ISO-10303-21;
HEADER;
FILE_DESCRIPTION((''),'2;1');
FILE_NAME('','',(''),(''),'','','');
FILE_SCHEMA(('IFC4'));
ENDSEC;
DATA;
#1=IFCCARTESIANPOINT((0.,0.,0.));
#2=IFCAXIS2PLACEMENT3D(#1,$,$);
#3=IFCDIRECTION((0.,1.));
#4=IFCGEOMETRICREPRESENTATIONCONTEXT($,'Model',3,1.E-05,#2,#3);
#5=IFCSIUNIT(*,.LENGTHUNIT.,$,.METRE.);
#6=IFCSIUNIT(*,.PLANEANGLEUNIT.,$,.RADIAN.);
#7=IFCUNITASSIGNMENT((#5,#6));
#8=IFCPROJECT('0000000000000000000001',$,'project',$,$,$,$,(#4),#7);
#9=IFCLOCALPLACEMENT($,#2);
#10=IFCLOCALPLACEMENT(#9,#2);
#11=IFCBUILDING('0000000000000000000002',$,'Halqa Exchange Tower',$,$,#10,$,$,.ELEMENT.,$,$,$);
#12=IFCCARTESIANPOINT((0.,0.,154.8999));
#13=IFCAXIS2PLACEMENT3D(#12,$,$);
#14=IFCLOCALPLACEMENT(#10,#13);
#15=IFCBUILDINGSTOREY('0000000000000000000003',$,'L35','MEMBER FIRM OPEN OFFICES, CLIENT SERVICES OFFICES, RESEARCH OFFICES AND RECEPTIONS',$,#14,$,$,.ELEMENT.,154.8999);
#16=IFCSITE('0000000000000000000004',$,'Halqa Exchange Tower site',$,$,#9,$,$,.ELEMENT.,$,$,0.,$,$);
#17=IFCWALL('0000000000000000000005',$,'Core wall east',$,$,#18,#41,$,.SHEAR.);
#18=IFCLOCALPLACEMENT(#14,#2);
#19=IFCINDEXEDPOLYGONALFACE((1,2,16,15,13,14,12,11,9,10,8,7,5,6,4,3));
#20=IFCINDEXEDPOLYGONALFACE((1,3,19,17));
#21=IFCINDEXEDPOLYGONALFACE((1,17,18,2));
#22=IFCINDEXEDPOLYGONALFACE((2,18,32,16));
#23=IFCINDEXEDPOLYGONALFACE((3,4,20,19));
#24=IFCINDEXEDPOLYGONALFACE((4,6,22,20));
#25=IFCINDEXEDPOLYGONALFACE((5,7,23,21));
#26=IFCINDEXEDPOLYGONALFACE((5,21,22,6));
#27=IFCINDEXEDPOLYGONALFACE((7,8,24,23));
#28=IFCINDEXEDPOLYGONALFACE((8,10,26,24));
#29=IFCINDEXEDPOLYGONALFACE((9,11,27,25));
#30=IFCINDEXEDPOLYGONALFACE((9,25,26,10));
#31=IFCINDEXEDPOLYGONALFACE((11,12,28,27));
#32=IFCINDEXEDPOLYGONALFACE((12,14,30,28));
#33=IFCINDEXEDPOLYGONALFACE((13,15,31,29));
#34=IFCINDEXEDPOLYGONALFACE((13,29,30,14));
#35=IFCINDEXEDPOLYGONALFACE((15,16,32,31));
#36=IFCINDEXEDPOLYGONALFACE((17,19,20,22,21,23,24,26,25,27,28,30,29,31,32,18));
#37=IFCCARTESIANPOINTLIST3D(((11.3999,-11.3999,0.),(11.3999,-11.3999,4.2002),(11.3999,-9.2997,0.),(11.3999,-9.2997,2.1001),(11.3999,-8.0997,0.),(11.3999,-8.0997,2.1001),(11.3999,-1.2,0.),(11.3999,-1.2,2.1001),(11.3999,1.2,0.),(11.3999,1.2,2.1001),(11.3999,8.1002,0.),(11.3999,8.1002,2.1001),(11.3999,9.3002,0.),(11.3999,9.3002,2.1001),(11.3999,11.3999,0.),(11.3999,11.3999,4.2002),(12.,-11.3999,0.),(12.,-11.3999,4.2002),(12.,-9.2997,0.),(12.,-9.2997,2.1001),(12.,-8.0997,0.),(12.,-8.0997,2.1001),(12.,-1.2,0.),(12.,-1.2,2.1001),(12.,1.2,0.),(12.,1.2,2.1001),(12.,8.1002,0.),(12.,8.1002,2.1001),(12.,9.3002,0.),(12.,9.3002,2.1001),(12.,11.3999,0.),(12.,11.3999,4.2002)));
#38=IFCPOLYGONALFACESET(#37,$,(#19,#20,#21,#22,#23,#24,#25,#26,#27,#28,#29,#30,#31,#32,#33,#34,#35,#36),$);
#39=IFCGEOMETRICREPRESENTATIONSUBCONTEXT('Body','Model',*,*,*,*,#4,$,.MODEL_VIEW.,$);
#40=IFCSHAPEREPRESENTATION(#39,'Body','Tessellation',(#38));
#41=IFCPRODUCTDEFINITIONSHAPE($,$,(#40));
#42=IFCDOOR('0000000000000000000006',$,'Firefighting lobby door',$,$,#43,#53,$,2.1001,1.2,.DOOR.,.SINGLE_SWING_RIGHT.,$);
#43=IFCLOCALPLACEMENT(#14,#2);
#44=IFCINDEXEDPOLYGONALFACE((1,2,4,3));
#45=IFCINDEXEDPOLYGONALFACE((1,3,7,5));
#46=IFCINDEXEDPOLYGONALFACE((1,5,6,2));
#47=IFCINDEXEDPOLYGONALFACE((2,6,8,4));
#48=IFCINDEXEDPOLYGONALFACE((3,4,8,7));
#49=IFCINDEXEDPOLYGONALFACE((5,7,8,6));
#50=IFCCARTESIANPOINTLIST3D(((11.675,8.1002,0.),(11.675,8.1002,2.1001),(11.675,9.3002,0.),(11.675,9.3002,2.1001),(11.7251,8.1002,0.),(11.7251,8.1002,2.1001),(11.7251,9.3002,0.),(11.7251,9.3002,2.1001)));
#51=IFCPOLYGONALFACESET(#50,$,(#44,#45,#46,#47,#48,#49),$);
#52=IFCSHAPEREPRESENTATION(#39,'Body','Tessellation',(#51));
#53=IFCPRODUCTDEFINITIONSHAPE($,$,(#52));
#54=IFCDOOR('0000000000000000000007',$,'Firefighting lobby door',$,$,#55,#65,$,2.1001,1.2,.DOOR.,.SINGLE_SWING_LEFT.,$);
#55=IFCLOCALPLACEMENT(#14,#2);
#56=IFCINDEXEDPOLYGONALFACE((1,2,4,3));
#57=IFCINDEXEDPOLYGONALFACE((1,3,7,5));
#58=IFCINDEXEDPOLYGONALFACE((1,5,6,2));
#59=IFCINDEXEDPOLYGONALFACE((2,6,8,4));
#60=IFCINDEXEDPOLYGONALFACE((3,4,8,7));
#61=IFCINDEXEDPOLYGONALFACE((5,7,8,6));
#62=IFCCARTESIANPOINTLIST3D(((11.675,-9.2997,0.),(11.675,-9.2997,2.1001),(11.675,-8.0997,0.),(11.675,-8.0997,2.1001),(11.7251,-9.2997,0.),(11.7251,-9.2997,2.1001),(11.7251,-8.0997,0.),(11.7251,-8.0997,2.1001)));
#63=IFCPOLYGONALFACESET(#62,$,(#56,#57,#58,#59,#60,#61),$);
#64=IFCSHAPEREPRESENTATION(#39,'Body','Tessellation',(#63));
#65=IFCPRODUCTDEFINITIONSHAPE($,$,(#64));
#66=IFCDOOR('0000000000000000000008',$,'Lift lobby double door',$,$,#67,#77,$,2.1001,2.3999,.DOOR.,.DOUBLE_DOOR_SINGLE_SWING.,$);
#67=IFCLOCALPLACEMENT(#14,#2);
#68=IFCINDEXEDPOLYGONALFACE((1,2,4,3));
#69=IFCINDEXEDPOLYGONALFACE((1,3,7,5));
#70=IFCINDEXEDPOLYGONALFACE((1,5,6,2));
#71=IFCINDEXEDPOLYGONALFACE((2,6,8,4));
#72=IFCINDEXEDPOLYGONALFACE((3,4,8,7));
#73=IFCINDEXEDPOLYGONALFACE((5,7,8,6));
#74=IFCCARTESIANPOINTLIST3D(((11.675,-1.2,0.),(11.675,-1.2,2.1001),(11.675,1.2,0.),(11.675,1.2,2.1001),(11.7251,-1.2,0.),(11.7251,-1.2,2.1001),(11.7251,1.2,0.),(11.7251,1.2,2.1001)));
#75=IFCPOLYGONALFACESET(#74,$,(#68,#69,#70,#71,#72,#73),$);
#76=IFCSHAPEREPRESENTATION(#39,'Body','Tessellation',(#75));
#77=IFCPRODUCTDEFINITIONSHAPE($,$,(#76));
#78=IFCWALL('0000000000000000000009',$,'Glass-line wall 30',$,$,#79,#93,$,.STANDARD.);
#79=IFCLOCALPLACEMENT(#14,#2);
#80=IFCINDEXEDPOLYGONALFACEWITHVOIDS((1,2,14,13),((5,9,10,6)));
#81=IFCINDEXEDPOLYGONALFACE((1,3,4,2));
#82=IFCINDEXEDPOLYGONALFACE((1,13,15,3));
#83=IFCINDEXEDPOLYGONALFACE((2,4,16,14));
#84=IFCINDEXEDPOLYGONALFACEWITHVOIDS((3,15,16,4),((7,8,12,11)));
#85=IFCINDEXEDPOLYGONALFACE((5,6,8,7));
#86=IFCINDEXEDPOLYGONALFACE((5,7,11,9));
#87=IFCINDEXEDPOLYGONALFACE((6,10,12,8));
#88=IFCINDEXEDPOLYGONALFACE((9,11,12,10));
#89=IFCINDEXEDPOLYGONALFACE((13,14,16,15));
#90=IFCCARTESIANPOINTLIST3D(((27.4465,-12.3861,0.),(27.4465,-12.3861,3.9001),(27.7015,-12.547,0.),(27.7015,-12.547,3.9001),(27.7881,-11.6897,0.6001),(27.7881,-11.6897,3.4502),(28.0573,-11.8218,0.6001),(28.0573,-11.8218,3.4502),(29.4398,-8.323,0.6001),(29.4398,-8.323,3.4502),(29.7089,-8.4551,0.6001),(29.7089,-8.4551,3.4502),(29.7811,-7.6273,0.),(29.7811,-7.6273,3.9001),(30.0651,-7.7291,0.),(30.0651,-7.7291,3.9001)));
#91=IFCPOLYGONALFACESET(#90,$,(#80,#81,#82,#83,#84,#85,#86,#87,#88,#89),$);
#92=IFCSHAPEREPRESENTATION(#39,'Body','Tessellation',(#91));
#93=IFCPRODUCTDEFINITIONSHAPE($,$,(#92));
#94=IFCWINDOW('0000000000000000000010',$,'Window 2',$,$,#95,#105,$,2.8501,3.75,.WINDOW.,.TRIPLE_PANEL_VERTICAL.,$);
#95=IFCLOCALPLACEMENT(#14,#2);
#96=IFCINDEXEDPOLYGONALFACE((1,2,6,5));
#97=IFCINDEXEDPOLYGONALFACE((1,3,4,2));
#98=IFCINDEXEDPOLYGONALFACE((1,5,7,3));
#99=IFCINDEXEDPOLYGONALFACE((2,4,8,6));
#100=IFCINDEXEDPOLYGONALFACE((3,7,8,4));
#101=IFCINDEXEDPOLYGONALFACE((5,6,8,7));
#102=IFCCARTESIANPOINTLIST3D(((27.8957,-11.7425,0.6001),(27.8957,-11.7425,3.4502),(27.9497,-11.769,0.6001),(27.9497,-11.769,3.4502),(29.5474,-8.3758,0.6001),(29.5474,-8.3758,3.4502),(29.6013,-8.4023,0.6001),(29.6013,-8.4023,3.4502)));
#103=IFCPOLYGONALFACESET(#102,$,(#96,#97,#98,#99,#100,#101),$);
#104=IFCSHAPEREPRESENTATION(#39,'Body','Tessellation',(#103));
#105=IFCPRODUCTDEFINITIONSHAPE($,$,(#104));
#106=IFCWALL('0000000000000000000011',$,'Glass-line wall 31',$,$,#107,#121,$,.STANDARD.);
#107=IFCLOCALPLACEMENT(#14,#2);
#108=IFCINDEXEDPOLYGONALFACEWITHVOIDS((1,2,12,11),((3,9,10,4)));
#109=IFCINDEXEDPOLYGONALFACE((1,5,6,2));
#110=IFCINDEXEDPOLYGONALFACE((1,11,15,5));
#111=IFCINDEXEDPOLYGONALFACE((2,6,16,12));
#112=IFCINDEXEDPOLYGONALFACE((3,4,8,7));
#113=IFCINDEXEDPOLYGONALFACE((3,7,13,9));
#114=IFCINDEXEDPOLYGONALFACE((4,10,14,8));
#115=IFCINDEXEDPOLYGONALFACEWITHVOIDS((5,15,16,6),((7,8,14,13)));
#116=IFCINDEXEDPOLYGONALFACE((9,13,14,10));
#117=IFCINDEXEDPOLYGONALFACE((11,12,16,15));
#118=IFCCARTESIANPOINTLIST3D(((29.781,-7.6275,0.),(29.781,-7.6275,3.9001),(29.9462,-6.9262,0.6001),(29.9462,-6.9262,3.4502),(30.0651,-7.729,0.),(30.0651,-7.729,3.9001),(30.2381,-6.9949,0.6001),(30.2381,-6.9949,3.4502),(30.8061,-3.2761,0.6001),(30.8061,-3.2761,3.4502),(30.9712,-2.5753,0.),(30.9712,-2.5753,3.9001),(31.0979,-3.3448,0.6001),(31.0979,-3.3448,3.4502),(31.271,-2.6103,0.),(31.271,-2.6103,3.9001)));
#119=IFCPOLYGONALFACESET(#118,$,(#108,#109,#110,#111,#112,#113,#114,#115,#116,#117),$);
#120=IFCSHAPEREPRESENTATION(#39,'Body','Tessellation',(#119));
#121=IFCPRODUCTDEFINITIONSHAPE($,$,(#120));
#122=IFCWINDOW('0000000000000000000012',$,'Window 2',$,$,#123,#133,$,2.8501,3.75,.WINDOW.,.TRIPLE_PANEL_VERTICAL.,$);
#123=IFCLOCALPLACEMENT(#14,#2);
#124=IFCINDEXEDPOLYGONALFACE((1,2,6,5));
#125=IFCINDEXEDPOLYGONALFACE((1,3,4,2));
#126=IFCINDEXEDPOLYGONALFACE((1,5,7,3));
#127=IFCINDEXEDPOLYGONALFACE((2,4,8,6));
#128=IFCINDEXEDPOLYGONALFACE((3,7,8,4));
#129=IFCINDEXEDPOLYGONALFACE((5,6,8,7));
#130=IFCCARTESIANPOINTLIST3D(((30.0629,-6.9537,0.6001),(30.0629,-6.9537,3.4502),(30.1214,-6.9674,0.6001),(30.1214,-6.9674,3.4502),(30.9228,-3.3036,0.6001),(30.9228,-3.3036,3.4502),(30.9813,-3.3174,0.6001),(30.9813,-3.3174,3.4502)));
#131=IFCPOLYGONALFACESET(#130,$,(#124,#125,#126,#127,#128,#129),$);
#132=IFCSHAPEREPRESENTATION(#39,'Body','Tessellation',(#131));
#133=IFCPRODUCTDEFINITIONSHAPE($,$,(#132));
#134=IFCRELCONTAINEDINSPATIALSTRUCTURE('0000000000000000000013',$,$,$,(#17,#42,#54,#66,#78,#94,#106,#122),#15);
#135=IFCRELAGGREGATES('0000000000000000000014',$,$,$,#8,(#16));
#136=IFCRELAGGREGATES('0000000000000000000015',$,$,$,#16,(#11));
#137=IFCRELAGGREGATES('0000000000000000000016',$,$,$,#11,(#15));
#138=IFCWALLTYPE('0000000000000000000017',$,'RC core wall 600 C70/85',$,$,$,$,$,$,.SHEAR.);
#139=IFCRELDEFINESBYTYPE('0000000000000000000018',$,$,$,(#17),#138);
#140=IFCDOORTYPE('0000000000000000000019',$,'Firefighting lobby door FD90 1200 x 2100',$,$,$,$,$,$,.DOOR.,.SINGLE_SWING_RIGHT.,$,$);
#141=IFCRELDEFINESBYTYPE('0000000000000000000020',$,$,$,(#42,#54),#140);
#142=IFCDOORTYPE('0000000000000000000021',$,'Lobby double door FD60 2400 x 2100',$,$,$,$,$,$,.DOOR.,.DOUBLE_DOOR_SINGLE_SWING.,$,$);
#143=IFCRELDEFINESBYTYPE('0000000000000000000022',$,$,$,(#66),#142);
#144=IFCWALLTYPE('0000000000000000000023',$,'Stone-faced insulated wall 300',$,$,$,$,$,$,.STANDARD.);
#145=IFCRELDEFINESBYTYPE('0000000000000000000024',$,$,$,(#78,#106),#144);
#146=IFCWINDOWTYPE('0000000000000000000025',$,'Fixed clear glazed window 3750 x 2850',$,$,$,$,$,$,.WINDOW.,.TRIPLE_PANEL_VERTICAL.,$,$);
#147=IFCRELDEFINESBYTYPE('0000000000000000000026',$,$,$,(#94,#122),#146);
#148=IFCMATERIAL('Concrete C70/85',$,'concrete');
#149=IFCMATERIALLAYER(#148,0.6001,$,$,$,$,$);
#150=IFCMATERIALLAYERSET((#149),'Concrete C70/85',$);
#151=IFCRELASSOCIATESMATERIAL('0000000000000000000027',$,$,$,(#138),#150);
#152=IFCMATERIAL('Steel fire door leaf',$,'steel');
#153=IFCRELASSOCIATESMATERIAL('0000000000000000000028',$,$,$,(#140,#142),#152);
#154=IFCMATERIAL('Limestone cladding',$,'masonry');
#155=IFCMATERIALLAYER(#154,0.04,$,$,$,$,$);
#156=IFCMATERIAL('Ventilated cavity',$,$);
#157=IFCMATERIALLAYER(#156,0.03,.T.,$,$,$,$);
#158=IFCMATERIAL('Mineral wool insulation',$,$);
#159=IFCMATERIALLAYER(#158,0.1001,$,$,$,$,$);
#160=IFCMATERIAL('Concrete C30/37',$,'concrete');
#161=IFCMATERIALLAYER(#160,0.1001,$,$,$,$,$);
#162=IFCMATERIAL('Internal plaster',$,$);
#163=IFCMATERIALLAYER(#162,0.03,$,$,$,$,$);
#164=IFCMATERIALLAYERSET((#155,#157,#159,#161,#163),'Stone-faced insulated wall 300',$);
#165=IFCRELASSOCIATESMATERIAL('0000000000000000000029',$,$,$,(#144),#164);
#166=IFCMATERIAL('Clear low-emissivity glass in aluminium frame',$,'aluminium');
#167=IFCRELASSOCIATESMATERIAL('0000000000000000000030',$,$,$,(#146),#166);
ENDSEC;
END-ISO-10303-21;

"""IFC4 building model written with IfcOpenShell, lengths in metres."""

from ifc_helpers import new_model, si_unit, direction, frame, frame_2d, origin, place, context, subcontext, project, spatial, polyline, rectangle, outline, extrude, material, layer, layer_set, type_object, element, fill, save


model = new_model("IFC4")

# Units and contexts
model_context = context("Model", 3, precision=1e-05, world=origin(), true_north=direction((0.0, 1.0)))
body_context = subcontext(model_context, "Body", "Model", "MODEL_VIEW")
ifc_project = project(units=[si_unit("LENGTHUNIT", "METRE"), si_unit("PLANEANGLEUNIT", "RADIAN")], contexts=[model_context])

# Site, building, storey
site_placement = place(None, origin())
site = spatial("IfcSite", under=ifc_project, at=site_placement, Name="Halqa Exchange Tower site", CompositionType="ELEMENT", RefElevation=0.0)
building_placement = place(site_placement, origin())
building = spatial("IfcBuilding", under=site, at=building_placement, Name="Halqa Exchange Tower", CompositionType="ELEMENT")
storey_placement = place(building_placement, frame((0.0, 0.0, 154.8999)))
storey = spatial("IfcBuildingStorey", under=building, at=storey_placement, Name="L35", Description="MEMBER FIRM OPEN OFFICES, CLIENT SERVICES OFFICES, RESEARCH OFFICES AND RECEPTIONS", CompositionType="ELEMENT", Elevation=154.8999)

# Shared definitions
ifc_material_1 = material(Name="Concrete C70/85", Category="concrete")

# Wall, openings, doors
ifc_layer_1 = layer(ifc_material_1, 0.6001)
ifc_layer_set_1 = layer_set([ifc_layer_1], Name="Concrete C70/85")
wall_type_1 = type_object("IfcWallType", Name="RC core wall 600 C70/85", PredefinedType="SHEAR", material=ifc_layer_set_1)
wall_1_placement = place(storey_placement, frame((11.7, -11.3999, 0.0), z_axis=(0.0, 0.0, 1.0), x_axis=(0.0, 1.0, 0.0)))
wall_1 = element("IfcWall", 1, at=wall_1_placement, inside=storey, type_object=wall_type_1, Name="Core wall east", PredefinedType="SHEAR", context=body_context, shape_type="SweptSolid", body=[
    extrude(rectangle(XDim=22.7998, YDim=0.6001, at=frame_2d((11.3999, 0.0))), origin(), (0.0, 0.0, 1.0), 4.2002),
])
opening_1_placement = place(wall_1_placement, frame((10.2, 0.0, 0.0)))
opening_1 = element("IfcOpeningElement", 2, at=opening_1_placement, cuts=wall_1, PredefinedType="OPENING", context=body_context, shape_type="SweptSolid", body=[
    extrude(rectangle(XDim=2.3999, YDim=2.1001, at=frame_2d((1.2, 1.05))), frame((0.0, 0.312, 0.0), z_axis=(0.0, -1.0, 0.0), x_axis=(1.0, 0.0, 0.0)), (0.0, 0.0, 1.0), 0.624),
])
opening_2_placement = place(wall_1_placement, frame((19.5, 0.0, 0.0)))
opening_2 = element("IfcOpeningElement", 3, at=opening_2_placement, cuts=wall_1, PredefinedType="OPENING", context=body_context, shape_type="SweptSolid", body=[
    extrude(rectangle(XDim=1.2, YDim=2.1001, at=frame_2d((0.6001, 1.05))), frame((0.0, 0.312, 0.0), z_axis=(0.0, -1.0, 0.0), x_axis=(1.0, 0.0, 0.0)), (0.0, 0.0, 1.0), 0.624),
])
opening_3_placement = place(wall_1_placement, frame((2.1001, 0.0, 0.0)))
opening_3 = element("IfcOpeningElement", 4, at=opening_3_placement, cuts=wall_1, PredefinedType="OPENING", context=body_context, shape_type="SweptSolid", body=[
    extrude(rectangle(XDim=1.2, YDim=2.1001, at=frame_2d((0.6001, 1.05))), frame((0.0, 0.312, 0.0), z_axis=(0.0, -1.0, 0.0), x_axis=(1.0, 0.0, 0.0)), (0.0, 0.0, 1.0), 0.624),
])
ifc_material_2 = material(Name="Steel fire door leaf", Category="steel")
door_type_1 = type_object("IfcDoorType", Name="Firefighting lobby door FD90 1200 x 2100", OperationType="SINGLE_SWING_RIGHT", PredefinedType="DOOR", material=ifc_material_2)
door_1_placement = place(opening_2_placement, origin())
door_1 = element("IfcDoor", 5, at=door_1_placement, inside=storey, type_object=door_type_1, Name="Firefighting lobby door", OperationType="SINGLE_SWING_RIGHT", OverallHeight=2.1001, OverallWidth=1.2, PredefinedType="DOOR", context=body_context, shape_type="SweptSolid", body=[
    extrude(rectangle(XDim=1.2, YDim=2.1001, at=frame_2d((0.6001, 1.05))), frame((0.0, 0.0249, 0.0), z_axis=(0.0, -1.0, 0.0), x_axis=(1.0, 0.0, 0.0)), (0.0, 0.0, 1.0), 0.05),
])
fill(opening_2, door_1)
door_2_placement = place(opening_3_placement, origin())
door_2 = element("IfcDoor", 6, at=door_2_placement, inside=storey, type_object=door_type_1, Name="Firefighting lobby door", OperationType="SINGLE_SWING_LEFT", OverallHeight=2.1001, OverallWidth=1.2, PredefinedType="DOOR", context=body_context, shape_type="SweptSolid", body=[
    extrude(rectangle(XDim=1.2, YDim=2.1001, at=frame_2d((0.6001, 1.05))), frame((0.0, 0.0249, 0.0), z_axis=(0.0, -1.0, 0.0), x_axis=(1.0, 0.0, 0.0)), (0.0, 0.0, 1.0), 0.05),
])
fill(opening_3, door_2)
door_type_2 = type_object("IfcDoorType", Name="Lobby double door FD60 2400 x 2100", OperationType="DOUBLE_DOOR_SINGLE_SWING", PredefinedType="DOOR", material=ifc_material_2)
door_3_placement = place(opening_1_placement, origin())
door_3 = element("IfcDoor", 7, at=door_3_placement, inside=storey, type_object=door_type_2, Name="Lift lobby double door", OperationType="DOUBLE_DOOR_SINGLE_SWING", OverallHeight=2.1001, OverallWidth=2.3999, PredefinedType="DOOR", context=body_context, shape_type="SweptSolid", body=[
    extrude(rectangle(XDim=2.3999, YDim=2.1001, at=frame_2d((1.2, 1.05))), frame((0.0, 0.0249, 0.0), z_axis=(0.0, -1.0, 0.0), x_axis=(1.0, 0.0, 0.0)), (0.0, 0.0, 1.0), 0.05),
])
fill(opening_1, door_3)

# Walls, openings, windows
ifc_material_3 = material(Name="Limestone cladding", Category="masonry")
ifc_layer_2 = layer(ifc_material_3, 0.04)
ifc_material_4 = material(Name="Ventilated cavity")
ifc_layer_3 = layer(ifc_material_4, 0.03, ventilated=True)
ifc_material_5 = material(Name="Mineral wool insulation")
ifc_layer_4 = layer(ifc_material_5, 0.1001)
ifc_material_6 = material(Name="Concrete C30/37", Category="concrete")
ifc_layer_5 = layer(ifc_material_6, 0.1001)
ifc_material_7 = material(Name="Internal plaster")
ifc_layer_6 = layer(ifc_material_7, 0.03)
ifc_layer_set_2 = layer_set([ifc_layer_2, ifc_layer_3, ifc_layer_4, ifc_layer_5, ifc_layer_6], Name="Stone-faced insulated wall 300")
wall_type_2 = type_object("IfcWallType", Name="Stone-faced insulated wall 300", PredefinedType="STANDARD", material=ifc_layer_set_2)
wall_2_placement = place(storey_placement, frame((27.574, -12.4666, 0.0), z_axis=(0.0, 0.0, 1.0), x_axis=(0.440444, 0.89778, 0.0)))
wall_2 = element("IfcWall", 8, at=wall_2_placement, inside=storey, type_object=wall_type_2, Name="Glass-line wall 30", PredefinedType="STANDARD", context=body_context, shape_type="SweptSolid", body=[
    extrude(outline(polyline([(-0.0161, -0.1499), (5.3503, -0.1499), (5.3167, 0.1499), (0.0161, 0.1499), (-0.0161, -0.1499)])), origin(), (0.0, 0.0, 1.0), 3.9001),
])
opening_4_placement = place(wall_2_placement, frame((0.7917, 0.0, 0.6001)))
opening_4 = element("IfcOpeningElement", 9, at=opening_4_placement, cuts=wall_2, PredefinedType="OPENING", context=body_context, shape_type="SweptSolid", body=[
    extrude(rectangle(XDim=3.75, YDim=2.8501, at=frame_2d((1.875, 1.425))), frame((0.0, 0.1621, 0.0), z_axis=(0.0, -1.0, 0.0), x_axis=(1.0, 0.0, 0.0)), (0.0, 0.0, 1.0), 0.324),
])
ifc_material_8 = material(Name="Clear low-emissivity glass in aluminium frame", Category="aluminium")
window_type = type_object("IfcWindowType", Name="Fixed clear glazed window 3750 x 2850", PartitioningType="TRIPLE_PANEL_VERTICAL", PredefinedType="WINDOW", material=ifc_material_8)
window_1_placement = place(opening_4_placement, origin())
window_1 = element("IfcWindow", 10, at=window_1_placement, inside=storey, type_object=window_type, Name="Window 2", OverallHeight=2.8501, OverallWidth=3.75, PartitioningType="TRIPLE_PANEL_VERTICAL", PredefinedType="WINDOW", context=body_context, shape_type="SweptSolid", body=[
    extrude(rectangle(XDim=3.75, YDim=2.8501, at=frame_2d((1.875, 1.425))), frame((0.0, 0.03, 0.0), z_axis=(0.0, -1.0, 0.0), x_axis=(1.0, 0.0, 0.0)), (0.0, 0.0, 1.0), 0.0601),
])
fill(opening_4, window_1)
wall_3_placement = place(storey_placement, frame((29.9231, -7.6782, 0.0), z_axis=(0.0, 0.0, 1.0), x_axis=(0.229297, 0.973356, 0.0)))
wall_3 = element("IfcWall", 11, at=wall_3_placement, inside=storey, type_object=wall_type_2, Name="Glass-line wall 31", PredefinedType="STANDARD", context=body_context, shape_type="SweptSolid", body=[
    extrude(outline(polyline([(-0.0168, -0.1499), (5.2419, -0.1499), (5.2073, 0.1499), (0.0168, 0.1499), (-0.0168, -0.1499)])), origin(), (0.0, 0.0, 1.0), 3.9001),
])
opening_5_placement = place(wall_3_placement, frame((0.7373, 0.0, 0.6001)))
opening_5 = element("IfcOpeningElement", 12, at=opening_5_placement, cuts=wall_3, PredefinedType="OPENING", context=body_context, shape_type="SweptSolid", body=[
    extrude(rectangle(XDim=3.75, YDim=2.8501, at=frame_2d((1.875, 1.425))), frame((0.0, 0.1621, 0.0), z_axis=(0.0, -1.0, 0.0), x_axis=(1.0, 0.0, 0.0)), (0.0, 0.0, 1.0), 0.324),
])
window_2_placement = place(opening_5_placement, origin())
window_2 = element("IfcWindow", 13, at=window_2_placement, inside=storey, type_object=window_type, Name="Window 2", OverallHeight=2.8501, OverallWidth=3.75, PartitioningType="TRIPLE_PANEL_VERTICAL", PredefinedType="WINDOW", context=body_context, shape_type="SweptSolid", body=[
    extrude(rectangle(XDim=3.75, YDim=2.8501, at=frame_2d((1.875, 1.425))), frame((0.0, 0.03, 0.0), z_axis=(0.0, -1.0, 0.0), x_axis=(1.0, 0.0, 0.0)), (0.0, 0.0, 1.0), 0.0601),
])
fill(opening_5, window_2)

save(model, "model.ifc")
